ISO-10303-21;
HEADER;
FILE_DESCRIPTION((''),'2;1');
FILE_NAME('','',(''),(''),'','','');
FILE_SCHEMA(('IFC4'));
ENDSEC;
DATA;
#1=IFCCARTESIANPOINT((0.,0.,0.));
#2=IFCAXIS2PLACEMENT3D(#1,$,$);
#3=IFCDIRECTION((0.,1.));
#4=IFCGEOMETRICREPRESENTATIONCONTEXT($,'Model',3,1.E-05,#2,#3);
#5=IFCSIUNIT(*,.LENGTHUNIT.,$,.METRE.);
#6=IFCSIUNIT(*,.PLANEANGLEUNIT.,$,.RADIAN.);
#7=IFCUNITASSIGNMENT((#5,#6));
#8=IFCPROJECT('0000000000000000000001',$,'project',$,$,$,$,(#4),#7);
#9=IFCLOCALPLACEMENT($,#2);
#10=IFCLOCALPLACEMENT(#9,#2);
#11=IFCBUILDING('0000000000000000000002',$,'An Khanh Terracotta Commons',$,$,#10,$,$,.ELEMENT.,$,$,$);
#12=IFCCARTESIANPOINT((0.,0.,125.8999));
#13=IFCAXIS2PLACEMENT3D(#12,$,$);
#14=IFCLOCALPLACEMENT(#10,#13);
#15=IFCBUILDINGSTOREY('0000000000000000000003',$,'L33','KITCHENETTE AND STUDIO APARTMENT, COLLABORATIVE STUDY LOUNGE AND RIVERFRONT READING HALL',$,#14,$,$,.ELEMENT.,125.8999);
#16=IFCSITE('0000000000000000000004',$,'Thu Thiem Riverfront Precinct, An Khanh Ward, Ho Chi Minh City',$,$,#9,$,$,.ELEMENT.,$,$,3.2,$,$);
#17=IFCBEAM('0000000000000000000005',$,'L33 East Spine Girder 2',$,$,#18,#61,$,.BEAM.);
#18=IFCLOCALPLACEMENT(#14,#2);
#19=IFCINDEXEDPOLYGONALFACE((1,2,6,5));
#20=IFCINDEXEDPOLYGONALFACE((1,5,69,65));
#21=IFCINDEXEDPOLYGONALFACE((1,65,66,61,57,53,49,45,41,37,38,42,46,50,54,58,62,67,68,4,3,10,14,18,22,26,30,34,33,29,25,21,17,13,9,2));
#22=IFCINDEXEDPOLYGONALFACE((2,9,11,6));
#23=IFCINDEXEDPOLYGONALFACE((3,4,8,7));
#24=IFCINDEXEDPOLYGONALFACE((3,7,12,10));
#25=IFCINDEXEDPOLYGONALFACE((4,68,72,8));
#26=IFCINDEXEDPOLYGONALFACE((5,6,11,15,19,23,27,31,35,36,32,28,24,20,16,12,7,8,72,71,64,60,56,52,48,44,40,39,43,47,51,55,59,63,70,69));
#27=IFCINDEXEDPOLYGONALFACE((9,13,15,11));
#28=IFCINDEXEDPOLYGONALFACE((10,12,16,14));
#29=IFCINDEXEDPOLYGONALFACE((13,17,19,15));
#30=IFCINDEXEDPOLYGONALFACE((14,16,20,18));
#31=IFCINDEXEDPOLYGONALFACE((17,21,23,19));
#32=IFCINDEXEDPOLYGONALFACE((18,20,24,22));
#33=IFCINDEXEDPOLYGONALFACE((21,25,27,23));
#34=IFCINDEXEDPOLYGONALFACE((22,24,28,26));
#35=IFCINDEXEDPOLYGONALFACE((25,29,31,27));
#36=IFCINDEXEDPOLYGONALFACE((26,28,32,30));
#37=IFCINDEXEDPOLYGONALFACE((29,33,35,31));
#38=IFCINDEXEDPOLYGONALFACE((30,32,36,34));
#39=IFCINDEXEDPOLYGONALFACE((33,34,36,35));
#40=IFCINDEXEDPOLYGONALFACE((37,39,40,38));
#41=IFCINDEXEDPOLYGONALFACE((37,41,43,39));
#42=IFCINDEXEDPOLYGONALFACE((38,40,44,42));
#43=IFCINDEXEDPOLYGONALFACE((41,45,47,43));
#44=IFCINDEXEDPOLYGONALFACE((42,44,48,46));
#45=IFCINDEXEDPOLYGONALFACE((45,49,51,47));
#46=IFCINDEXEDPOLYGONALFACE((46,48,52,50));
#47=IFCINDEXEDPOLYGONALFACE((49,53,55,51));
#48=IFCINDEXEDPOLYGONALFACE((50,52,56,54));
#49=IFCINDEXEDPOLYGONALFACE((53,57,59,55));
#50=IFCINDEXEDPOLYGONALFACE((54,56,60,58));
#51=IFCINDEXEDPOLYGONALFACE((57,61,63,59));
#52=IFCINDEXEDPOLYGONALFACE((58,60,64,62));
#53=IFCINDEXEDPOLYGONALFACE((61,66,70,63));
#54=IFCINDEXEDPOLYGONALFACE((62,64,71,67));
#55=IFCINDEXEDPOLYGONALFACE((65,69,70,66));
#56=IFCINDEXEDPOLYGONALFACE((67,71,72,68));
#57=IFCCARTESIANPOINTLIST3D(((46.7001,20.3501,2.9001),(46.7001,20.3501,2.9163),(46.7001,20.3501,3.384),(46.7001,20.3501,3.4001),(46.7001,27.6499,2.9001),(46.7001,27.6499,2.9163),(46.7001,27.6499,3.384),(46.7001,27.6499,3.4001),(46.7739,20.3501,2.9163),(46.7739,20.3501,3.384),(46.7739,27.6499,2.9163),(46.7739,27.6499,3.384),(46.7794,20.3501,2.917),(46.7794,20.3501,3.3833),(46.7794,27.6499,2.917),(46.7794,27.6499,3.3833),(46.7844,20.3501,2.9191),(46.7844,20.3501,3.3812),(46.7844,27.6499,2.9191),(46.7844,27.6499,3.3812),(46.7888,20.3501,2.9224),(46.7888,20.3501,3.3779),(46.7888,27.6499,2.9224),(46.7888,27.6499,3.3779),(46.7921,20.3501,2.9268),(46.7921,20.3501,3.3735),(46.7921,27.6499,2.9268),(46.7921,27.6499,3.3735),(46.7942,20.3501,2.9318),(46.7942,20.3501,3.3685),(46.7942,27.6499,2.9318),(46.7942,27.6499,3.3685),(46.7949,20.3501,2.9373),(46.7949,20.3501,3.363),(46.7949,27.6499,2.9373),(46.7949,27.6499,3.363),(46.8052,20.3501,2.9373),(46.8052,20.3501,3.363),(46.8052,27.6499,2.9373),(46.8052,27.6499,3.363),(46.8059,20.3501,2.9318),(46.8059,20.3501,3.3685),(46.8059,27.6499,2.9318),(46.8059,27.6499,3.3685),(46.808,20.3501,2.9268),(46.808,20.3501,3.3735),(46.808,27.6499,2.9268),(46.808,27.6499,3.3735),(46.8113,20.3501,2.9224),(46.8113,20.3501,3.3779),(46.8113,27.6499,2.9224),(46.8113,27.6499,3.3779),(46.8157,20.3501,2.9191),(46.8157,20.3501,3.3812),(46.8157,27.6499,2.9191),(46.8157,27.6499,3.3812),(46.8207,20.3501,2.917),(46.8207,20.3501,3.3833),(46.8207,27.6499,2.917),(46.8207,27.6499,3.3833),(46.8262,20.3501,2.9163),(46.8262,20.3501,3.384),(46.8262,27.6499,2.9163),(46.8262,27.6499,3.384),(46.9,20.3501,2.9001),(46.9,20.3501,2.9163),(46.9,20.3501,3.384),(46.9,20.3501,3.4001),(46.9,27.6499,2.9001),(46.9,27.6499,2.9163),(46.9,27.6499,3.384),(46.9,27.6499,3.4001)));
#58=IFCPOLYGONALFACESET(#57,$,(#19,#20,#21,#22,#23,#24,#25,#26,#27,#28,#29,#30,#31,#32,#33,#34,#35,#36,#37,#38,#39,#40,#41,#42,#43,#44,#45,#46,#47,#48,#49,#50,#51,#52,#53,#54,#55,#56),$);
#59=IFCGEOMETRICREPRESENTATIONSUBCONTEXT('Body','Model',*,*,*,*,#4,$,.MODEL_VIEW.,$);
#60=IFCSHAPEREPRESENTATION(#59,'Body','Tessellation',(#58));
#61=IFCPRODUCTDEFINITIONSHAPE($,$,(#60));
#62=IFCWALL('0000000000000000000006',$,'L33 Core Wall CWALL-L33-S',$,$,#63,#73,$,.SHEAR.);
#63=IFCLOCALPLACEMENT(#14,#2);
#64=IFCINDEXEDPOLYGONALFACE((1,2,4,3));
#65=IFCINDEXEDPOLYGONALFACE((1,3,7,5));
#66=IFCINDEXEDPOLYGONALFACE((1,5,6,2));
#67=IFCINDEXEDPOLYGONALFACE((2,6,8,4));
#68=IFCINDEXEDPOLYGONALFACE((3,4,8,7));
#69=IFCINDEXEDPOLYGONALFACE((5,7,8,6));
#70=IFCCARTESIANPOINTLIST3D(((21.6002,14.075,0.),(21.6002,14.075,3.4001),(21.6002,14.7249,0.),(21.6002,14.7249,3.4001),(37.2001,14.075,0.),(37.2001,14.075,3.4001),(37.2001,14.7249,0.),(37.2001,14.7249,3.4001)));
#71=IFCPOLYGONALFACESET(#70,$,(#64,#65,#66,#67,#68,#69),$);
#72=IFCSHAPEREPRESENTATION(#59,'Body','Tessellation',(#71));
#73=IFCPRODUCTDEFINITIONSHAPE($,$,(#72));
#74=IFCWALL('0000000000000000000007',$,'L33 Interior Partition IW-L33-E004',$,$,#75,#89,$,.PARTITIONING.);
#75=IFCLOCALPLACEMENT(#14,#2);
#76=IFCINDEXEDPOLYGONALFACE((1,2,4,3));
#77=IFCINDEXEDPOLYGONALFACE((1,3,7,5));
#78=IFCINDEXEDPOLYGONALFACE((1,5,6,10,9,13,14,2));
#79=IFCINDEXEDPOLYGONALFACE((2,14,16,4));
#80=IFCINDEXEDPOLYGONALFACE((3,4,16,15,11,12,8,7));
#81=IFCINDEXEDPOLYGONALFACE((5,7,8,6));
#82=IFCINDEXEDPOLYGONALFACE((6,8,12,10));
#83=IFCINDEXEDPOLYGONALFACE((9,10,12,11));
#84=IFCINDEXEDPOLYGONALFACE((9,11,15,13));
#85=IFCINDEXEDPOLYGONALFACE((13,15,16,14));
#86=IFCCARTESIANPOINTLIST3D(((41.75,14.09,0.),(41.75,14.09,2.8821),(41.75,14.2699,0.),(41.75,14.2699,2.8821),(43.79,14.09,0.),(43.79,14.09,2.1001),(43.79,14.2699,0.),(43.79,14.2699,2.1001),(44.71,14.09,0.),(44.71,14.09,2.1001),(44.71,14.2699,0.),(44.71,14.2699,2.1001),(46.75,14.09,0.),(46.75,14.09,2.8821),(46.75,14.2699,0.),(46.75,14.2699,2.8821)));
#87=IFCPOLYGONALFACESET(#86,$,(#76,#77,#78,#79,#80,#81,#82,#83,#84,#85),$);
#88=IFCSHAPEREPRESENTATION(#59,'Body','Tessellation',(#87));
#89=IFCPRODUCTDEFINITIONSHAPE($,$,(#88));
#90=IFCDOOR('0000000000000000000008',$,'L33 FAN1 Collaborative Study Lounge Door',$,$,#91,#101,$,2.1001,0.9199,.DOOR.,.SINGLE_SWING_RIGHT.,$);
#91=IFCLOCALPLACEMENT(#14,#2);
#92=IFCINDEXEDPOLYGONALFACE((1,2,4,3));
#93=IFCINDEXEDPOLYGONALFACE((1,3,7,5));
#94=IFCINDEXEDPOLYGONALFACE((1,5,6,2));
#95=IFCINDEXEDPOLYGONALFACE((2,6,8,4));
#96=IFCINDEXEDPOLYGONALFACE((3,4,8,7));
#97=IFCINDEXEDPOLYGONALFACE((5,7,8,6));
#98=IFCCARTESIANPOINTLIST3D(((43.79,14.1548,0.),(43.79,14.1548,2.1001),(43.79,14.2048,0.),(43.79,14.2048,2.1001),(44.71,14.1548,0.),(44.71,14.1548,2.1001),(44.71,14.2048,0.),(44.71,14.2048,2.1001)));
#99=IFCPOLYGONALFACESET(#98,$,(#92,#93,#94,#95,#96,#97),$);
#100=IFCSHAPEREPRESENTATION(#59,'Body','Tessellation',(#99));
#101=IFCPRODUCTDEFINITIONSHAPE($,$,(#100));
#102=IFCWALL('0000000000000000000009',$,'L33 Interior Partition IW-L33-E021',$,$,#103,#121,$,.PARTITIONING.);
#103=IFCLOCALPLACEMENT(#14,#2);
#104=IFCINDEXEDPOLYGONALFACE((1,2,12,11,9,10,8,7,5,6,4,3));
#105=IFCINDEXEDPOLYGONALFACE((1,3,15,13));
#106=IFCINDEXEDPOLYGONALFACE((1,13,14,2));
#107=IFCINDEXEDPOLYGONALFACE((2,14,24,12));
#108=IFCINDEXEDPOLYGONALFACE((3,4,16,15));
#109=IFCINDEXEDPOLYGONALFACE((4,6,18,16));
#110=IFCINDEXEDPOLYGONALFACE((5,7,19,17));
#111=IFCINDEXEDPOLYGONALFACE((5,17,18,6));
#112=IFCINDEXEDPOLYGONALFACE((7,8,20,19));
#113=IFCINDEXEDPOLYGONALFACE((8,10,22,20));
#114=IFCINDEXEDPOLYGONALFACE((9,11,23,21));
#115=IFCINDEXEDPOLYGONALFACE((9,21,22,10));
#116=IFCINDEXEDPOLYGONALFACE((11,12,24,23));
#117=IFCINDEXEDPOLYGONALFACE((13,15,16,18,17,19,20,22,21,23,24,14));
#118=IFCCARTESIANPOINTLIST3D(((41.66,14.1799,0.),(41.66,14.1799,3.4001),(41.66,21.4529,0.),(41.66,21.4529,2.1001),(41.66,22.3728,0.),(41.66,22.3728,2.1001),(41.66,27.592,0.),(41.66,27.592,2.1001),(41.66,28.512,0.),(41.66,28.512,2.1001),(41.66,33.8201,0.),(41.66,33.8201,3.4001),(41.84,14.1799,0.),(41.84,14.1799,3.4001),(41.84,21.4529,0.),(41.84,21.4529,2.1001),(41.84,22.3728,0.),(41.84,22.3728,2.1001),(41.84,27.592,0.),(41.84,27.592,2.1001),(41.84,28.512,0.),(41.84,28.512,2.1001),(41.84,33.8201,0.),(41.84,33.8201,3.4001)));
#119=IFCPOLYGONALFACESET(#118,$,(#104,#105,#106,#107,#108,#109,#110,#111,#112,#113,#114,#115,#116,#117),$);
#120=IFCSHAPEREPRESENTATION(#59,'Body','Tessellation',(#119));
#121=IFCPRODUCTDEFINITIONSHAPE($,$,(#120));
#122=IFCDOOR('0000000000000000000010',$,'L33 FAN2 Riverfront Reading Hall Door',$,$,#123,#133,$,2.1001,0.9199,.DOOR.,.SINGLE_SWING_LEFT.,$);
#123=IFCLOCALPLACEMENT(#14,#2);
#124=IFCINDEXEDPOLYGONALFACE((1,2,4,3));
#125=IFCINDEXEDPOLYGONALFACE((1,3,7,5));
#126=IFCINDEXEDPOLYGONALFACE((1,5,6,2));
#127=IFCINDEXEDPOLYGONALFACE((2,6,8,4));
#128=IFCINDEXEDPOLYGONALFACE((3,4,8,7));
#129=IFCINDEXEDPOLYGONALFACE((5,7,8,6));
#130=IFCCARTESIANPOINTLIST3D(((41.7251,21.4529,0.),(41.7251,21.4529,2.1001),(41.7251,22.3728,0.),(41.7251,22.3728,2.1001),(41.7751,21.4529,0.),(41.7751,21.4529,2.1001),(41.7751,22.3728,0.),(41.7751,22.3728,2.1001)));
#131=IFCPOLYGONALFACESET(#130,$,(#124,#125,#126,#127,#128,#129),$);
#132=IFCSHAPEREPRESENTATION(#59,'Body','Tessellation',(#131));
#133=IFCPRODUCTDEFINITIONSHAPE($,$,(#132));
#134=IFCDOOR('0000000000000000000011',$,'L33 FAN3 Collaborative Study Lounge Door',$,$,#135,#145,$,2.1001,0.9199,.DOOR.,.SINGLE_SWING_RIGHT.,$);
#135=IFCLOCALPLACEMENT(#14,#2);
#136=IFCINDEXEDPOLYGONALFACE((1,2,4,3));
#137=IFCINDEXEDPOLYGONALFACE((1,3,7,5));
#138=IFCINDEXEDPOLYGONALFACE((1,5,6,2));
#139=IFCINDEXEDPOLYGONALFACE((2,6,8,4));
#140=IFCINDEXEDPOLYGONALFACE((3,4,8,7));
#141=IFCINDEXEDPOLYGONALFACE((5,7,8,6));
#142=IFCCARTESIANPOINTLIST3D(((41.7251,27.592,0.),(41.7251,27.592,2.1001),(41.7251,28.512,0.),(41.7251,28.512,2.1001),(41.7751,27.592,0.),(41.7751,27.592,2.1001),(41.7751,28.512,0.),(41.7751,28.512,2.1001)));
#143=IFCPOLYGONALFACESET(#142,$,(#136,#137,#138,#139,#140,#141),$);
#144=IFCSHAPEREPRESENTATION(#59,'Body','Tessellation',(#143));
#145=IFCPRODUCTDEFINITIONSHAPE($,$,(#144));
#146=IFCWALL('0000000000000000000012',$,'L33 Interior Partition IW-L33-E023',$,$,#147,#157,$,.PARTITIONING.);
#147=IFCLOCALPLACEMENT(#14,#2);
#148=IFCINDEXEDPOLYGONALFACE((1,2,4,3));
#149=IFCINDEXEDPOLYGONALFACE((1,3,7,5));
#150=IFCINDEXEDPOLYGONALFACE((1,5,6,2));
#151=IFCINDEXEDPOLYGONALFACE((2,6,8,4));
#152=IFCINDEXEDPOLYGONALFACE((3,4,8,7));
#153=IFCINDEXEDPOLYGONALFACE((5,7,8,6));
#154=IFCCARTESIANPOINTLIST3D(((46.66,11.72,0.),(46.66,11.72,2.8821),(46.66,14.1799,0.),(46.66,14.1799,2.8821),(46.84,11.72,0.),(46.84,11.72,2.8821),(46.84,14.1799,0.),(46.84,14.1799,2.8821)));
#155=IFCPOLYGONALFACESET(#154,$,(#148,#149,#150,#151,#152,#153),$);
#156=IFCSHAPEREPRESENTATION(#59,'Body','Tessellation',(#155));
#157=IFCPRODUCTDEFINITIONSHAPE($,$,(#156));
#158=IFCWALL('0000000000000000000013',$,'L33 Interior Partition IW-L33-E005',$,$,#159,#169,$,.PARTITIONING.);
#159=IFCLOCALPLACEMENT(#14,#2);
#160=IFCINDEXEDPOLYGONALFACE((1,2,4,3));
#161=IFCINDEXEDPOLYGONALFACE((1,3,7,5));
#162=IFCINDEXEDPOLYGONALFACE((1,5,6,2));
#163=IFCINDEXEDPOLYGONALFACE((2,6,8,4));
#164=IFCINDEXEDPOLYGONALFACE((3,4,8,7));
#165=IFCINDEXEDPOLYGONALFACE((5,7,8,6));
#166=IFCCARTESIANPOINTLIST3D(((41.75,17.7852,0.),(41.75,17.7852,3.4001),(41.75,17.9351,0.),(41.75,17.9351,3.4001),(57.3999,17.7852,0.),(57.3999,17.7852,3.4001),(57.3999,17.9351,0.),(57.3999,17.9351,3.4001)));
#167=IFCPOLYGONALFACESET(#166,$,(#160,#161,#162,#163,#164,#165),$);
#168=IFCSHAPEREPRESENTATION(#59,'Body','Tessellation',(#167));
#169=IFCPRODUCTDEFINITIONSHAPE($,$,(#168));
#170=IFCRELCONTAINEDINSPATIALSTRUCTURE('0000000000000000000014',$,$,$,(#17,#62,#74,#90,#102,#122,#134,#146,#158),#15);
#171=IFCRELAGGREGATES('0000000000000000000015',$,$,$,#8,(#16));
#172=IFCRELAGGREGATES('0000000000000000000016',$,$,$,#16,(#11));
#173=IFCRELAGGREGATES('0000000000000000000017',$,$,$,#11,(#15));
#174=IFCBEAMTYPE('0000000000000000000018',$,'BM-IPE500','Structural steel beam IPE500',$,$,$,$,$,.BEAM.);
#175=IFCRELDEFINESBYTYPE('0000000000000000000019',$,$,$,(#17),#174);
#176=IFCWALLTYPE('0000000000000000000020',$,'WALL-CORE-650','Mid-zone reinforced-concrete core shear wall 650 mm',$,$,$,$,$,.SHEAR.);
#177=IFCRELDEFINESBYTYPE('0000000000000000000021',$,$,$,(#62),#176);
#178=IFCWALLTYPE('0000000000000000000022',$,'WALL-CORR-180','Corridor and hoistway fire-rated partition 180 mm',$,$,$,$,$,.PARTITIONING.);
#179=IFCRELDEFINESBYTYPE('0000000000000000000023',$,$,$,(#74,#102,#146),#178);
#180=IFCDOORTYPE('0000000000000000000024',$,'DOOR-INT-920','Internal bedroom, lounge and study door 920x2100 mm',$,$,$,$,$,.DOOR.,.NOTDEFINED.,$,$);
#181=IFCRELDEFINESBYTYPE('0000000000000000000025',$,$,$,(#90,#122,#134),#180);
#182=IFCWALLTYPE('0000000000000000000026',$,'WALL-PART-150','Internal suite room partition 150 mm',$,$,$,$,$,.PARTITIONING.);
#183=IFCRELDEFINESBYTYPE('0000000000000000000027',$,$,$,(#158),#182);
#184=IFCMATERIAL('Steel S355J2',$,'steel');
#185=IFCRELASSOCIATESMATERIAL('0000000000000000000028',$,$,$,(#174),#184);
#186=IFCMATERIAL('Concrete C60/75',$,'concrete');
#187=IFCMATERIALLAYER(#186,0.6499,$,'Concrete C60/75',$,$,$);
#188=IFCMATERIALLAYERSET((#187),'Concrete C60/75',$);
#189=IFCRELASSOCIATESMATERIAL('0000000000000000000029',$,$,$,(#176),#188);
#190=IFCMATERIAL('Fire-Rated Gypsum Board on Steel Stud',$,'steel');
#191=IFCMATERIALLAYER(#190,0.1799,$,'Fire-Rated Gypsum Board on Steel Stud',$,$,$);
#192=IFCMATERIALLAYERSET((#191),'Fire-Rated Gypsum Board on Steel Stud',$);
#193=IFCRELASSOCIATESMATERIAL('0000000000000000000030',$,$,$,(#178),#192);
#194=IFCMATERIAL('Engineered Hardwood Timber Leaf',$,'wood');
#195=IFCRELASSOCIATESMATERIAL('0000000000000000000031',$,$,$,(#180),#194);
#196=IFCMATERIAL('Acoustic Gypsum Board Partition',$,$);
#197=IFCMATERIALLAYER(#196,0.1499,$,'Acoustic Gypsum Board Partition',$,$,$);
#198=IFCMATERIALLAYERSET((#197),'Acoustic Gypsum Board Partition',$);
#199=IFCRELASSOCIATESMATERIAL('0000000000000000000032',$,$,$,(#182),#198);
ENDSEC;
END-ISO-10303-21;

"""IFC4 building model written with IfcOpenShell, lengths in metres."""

from ifc_helpers import new_model, si_unit, direction, frame, frame_2d, origin, origin_2d, place, context, subcontext, project, spatial, rectangle, i_section, extrude, material, layer, layer_set, material_profile, profile_set, type_object, element, fill, save


model = new_model("IFC4")

# Units and contexts
model_context = context("Model", 3, precision=1e-05, world=origin(), true_north=direction((0.0, 1.0)))
body_context = subcontext(model_context, "Body", "Model", "MODEL_VIEW")
ifc_project = project(units=[si_unit("LENGTHUNIT", "METRE"), si_unit("PLANEANGLEUNIT", "RADIAN")], contexts=[model_context])

# Site, building, storey
site_placement = place(None, origin())
site = spatial("IfcSite", under=ifc_project, at=site_placement, Name="Thu Thiem Riverfront Precinct, An Khanh Ward, Ho Chi Minh City", CompositionType="ELEMENT", RefElevation=3.2)
building_placement = place(site_placement, origin())
building = spatial("IfcBuilding", under=site, at=building_placement, Name="An Khanh Terracotta Commons", CompositionType="ELEMENT")
storey_placement = place(building_placement, frame((0.0, 0.0, 125.8999)))
storey = spatial("IfcBuildingStorey", under=building, at=storey_placement, Name="L33", Description="KITCHENETTE AND STUDIO APARTMENT, COLLABORATIVE STUDY LOUNGE AND RIVERFRONT READING HALL", CompositionType="ELEMENT", Elevation=125.8999)

# Beam
ifc_material_1 = material(Name="Steel S355J2", Category="steel")
ifc_material_profile_1 = material_profile(ifc_material_1, i_section(OverallWidth=0.2, OverallDepth=0.5, WebThickness=0.0103, FlangeThickness=0.0161, FilletRadius=0.021, at=origin_2d()), Name="IPE500")
ifc_profile_set_1 = profile_set([ifc_material_profile_1], Name="Steel S355J2")
beam_type_1 = type_object("IfcBeamType", Name="BM-IPE500", Description="Structural steel beam IPE500", PredefinedType="BEAM", material=ifc_profile_set_1)
beam_1_placement = place(storey_placement, frame((46.8, 20.3501, 3.1501), z_axis=(0.0, 1.0, 0.0), x_axis=(-1.0, 0.0, 0.0)))
element("IfcBeam", 1, at=beam_1_placement, inside=storey, type_object=beam_type_1, Name="L33 East Spine Girder 2", PredefinedType="BEAM", context=body_context, shape_type="SweptSolid", body=[
    extrude(i_section(OverallWidth=0.2, OverallDepth=0.5, WebThickness=0.0103, FlangeThickness=0.0161, FilletRadius=0.021, at=origin_2d()), origin(), (0.0, 0.0, 1.0), 7.2998),
])

# Wall
ifc_material_2 = material(Name="Concrete C60/75", Category="concrete")
ifc_layer_1 = layer(ifc_material_2, 0.6499, Name="Concrete C60/75")
ifc_layer_set_1 = layer_set([ifc_layer_1], Name="Concrete C60/75")
wall_type_1 = type_object("IfcWallType", Name="WALL-CORE-650", Description="Mid-zone reinforced-concrete core shear wall 650 mm", PredefinedType="SHEAR", material=ifc_layer_set_1)
wall_1_placement = place(storey_placement, frame((37.2, 14.3999, 0.0), z_axis=(0.0, 0.0, 1.0), x_axis=(-1.0, 0.0, 0.0)))
element("IfcWall", 2, at=wall_1_placement, inside=storey, type_object=wall_type_1, Name="L33 Core Wall CWALL-L33-S", PredefinedType="SHEAR", context=body_context, shape_type="SweptSolid", body=[
    extrude(rectangle(XDim=15.5999, YDim=0.6499, at=frame_2d((7.7998, 0.0))), origin(), (0.0, 0.0, 1.0), 3.4001),
])

# Wall, opening, door
ifc_material_3 = material(Name="Fire-Rated Gypsum Board on Steel Stud", Category="steel")
ifc_layer_2 = layer(ifc_material_3, 0.1799, Name="Fire-Rated Gypsum Board on Steel Stud")
ifc_layer_set_2 = layer_set([ifc_layer_2], Name="Fire-Rated Gypsum Board on Steel Stud")
wall_type_2 = type_object("IfcWallType", Name="WALL-CORR-180", Description="Corridor and hoistway fire-rated partition 180 mm", PredefinedType="PARTITIONING", material=ifc_layer_set_2)
wall_2_placement = place(storey_placement, frame((41.75, 14.1799, 0.0), z_axis=(0.0, 0.0, 1.0), x_axis=(1.0, 0.0, 0.0)))
wall_2 = element("IfcWall", 3, at=wall_2_placement, inside=storey, type_object=wall_type_2, Name="L33 Interior Partition IW-L33-E004", PredefinedType="PARTITIONING", context=body_context, shape_type="SweptSolid", body=[
    extrude(rectangle(XDim=5.0, YDim=0.1799, at=frame_2d((2.5, 0.0))), origin(), (0.0, 0.0, 1.0), 2.8821),
])
opening_1_placement = place(wall_2_placement, frame((2.04, 0.0, 0.0)))
opening_1 = element("IfcOpeningElement", 4, at=opening_1_placement, cuts=wall_2, PredefinedType="OPENING", context=body_context, shape_type="SweptSolid", body=[
    extrude(rectangle(XDim=0.9199, YDim=2.1001, at=frame_2d((0.46, 1.05))), frame((0.0, 0.0999, 0.0), z_axis=(0.0, -1.0, 0.0), x_axis=(1.0, 0.0, 0.0)), (0.0, 0.0, 1.0), 0.2),
])
ifc_material_4 = material(Name="Engineered Hardwood Timber Leaf", Category="wood")
door_type_1 = type_object("IfcDoorType", Name="DOOR-INT-920", Description="Internal bedroom, lounge and study door 920x2100 mm", OperationType="NOTDEFINED", PredefinedType="DOOR", material=ifc_material_4)
door_1_placement = place(opening_1_placement, origin())
door_1 = element("IfcDoor", 5, at=door_1_placement, inside=storey, type_object=door_type_1, Name="L33 FAN1 Collaborative Study Lounge Door", OperationType="SINGLE_SWING_RIGHT", OverallHeight=2.1001, OverallWidth=0.9199, PredefinedType="DOOR", context=body_context, shape_type="SweptSolid", body=[
    extrude(rectangle(XDim=0.9199, YDim=2.1001, at=frame_2d((0.46, 1.05))), frame((0.0, 0.0249, 0.0), z_axis=(0.0, -1.0, 0.0), x_axis=(1.0, 0.0, 0.0)), (0.0, 0.0, 1.0), 0.05),
])
fill(opening_1, door_1)

# Wall, openings, doors
wall_3_placement = place(storey_placement, frame((41.75, 14.1799, 0.0), z_axis=(0.0, 0.0, 1.0), x_axis=(0.0, 1.0, 0.0)))
wall_3 = element("IfcWall", 6, at=wall_3_placement, inside=storey, type_object=wall_type_2, Name="L33 Interior Partition IW-L33-E021", PredefinedType="PARTITIONING", context=body_context, shape_type="SweptSolid", body=[
    extrude(rectangle(XDim=19.6401, YDim=0.1799, at=frame_2d((9.8201, 0.0))), origin(), (0.0, 0.0, 1.0), 3.4001),
])
opening_2_placement = place(wall_3_placement, frame((7.2729, 0.0, 0.0)))
opening_2 = element("IfcOpeningElement", 7, at=opening_2_placement, cuts=wall_3, PredefinedType="OPENING", context=body_context, shape_type="SweptSolid", body=[
    extrude(rectangle(XDim=0.9199, YDim=2.1001, at=frame_2d((0.46, 1.05))), frame((0.0, 0.0999, 0.0), z_axis=(0.0, -1.0, 0.0), x_axis=(1.0, 0.0, 0.0)), (0.0, 0.0, 1.0), 0.2),
])
opening_3_placement = place(wall_3_placement, frame((13.4121, 0.0, 0.0)))
opening_3 = element("IfcOpeningElement", 8, at=opening_3_placement, cuts=wall_3, PredefinedType="OPENING", context=body_context, shape_type="SweptSolid", body=[
    extrude(rectangle(XDim=0.9199, YDim=2.1001, at=frame_2d((0.46, 1.05))), frame((0.0, 0.0999, 0.0), z_axis=(0.0, -1.0, 0.0), x_axis=(1.0, 0.0, 0.0)), (0.0, 0.0, 1.0), 0.2),
])
door_2_placement = place(opening_2_placement, origin())
door_2 = element("IfcDoor", 9, at=door_2_placement, inside=storey, type_object=door_type_1, Name="L33 FAN2 Riverfront Reading Hall Door", OperationType="SINGLE_SWING_LEFT", OverallHeight=2.1001, OverallWidth=0.9199, PredefinedType="DOOR", context=body_context, shape_type="SweptSolid", body=[
    extrude(rectangle(XDim=0.9199, YDim=2.1001, at=frame_2d((0.46, 1.05))), frame((0.0, 0.0249, 0.0), z_axis=(0.0, -1.0, 0.0), x_axis=(1.0, 0.0, 0.0)), (0.0, 0.0, 1.0), 0.05),
])
fill(opening_2, door_2)
door_3_placement = place(opening_3_placement, origin())
door_3 = element("IfcDoor", 10, at=door_3_placement, inside=storey, type_object=door_type_1, Name="L33 FAN3 Collaborative Study Lounge Door", OperationType="SINGLE_SWING_RIGHT", OverallHeight=2.1001, OverallWidth=0.9199, PredefinedType="DOOR", context=body_context, shape_type="SweptSolid", body=[
    extrude(rectangle(XDim=0.9199, YDim=2.1001, at=frame_2d((0.46, 1.05))), frame((0.0, 0.0249, 0.0), z_axis=(0.0, -1.0, 0.0), x_axis=(1.0, 0.0, 0.0)), (0.0, 0.0, 1.0), 0.05),
])
fill(opening_3, door_3)

# Walls
wall_4_placement = place(storey_placement, frame((46.75, 11.72, 0.0), z_axis=(0.0, 0.0, 1.0), x_axis=(0.0, 1.0, 0.0)))
element("IfcWall", 11, at=wall_4_placement, inside=storey, type_object=wall_type_2, Name="L33 Interior Partition IW-L33-E023", PredefinedType="PARTITIONING", context=body_context, shape_type="SweptSolid", body=[
    extrude(rectangle(XDim=2.46, YDim=0.1799, at=frame_2d((1.23, 0.0))), origin(), (0.0, 0.0, 1.0), 2.8821),
])
ifc_material_5 = material(Name="Acoustic Gypsum Board Partition")
ifc_layer_3 = layer(ifc_material_5, 0.1499, Name="Acoustic Gypsum Board Partition")
ifc_layer_set_3 = layer_set([ifc_layer_3], Name="Acoustic Gypsum Board Partition")
wall_type_3 = type_object("IfcWallType", Name="WALL-PART-150", Description="Internal suite room partition 150 mm", PredefinedType="PARTITIONING", material=ifc_layer_set_3)
wall_5_placement = place(storey_placement, frame((41.75, 17.8601, 0.0), z_axis=(0.0, 0.0, 1.0), x_axis=(1.0, 0.0, 0.0)))
element("IfcWall", 12, at=wall_5_placement, inside=storey, type_object=wall_type_3, Name="L33 Interior Partition IW-L33-E005", PredefinedType="PARTITIONING", context=body_context, shape_type="SweptSolid", body=[
    extrude(rectangle(XDim=15.6499, YDim=0.1499, at=frame_2d((7.825, 0.0))), origin(), (0.0, 0.0, 1.0), 3.4001),
])

save(model, "model.ifc")
